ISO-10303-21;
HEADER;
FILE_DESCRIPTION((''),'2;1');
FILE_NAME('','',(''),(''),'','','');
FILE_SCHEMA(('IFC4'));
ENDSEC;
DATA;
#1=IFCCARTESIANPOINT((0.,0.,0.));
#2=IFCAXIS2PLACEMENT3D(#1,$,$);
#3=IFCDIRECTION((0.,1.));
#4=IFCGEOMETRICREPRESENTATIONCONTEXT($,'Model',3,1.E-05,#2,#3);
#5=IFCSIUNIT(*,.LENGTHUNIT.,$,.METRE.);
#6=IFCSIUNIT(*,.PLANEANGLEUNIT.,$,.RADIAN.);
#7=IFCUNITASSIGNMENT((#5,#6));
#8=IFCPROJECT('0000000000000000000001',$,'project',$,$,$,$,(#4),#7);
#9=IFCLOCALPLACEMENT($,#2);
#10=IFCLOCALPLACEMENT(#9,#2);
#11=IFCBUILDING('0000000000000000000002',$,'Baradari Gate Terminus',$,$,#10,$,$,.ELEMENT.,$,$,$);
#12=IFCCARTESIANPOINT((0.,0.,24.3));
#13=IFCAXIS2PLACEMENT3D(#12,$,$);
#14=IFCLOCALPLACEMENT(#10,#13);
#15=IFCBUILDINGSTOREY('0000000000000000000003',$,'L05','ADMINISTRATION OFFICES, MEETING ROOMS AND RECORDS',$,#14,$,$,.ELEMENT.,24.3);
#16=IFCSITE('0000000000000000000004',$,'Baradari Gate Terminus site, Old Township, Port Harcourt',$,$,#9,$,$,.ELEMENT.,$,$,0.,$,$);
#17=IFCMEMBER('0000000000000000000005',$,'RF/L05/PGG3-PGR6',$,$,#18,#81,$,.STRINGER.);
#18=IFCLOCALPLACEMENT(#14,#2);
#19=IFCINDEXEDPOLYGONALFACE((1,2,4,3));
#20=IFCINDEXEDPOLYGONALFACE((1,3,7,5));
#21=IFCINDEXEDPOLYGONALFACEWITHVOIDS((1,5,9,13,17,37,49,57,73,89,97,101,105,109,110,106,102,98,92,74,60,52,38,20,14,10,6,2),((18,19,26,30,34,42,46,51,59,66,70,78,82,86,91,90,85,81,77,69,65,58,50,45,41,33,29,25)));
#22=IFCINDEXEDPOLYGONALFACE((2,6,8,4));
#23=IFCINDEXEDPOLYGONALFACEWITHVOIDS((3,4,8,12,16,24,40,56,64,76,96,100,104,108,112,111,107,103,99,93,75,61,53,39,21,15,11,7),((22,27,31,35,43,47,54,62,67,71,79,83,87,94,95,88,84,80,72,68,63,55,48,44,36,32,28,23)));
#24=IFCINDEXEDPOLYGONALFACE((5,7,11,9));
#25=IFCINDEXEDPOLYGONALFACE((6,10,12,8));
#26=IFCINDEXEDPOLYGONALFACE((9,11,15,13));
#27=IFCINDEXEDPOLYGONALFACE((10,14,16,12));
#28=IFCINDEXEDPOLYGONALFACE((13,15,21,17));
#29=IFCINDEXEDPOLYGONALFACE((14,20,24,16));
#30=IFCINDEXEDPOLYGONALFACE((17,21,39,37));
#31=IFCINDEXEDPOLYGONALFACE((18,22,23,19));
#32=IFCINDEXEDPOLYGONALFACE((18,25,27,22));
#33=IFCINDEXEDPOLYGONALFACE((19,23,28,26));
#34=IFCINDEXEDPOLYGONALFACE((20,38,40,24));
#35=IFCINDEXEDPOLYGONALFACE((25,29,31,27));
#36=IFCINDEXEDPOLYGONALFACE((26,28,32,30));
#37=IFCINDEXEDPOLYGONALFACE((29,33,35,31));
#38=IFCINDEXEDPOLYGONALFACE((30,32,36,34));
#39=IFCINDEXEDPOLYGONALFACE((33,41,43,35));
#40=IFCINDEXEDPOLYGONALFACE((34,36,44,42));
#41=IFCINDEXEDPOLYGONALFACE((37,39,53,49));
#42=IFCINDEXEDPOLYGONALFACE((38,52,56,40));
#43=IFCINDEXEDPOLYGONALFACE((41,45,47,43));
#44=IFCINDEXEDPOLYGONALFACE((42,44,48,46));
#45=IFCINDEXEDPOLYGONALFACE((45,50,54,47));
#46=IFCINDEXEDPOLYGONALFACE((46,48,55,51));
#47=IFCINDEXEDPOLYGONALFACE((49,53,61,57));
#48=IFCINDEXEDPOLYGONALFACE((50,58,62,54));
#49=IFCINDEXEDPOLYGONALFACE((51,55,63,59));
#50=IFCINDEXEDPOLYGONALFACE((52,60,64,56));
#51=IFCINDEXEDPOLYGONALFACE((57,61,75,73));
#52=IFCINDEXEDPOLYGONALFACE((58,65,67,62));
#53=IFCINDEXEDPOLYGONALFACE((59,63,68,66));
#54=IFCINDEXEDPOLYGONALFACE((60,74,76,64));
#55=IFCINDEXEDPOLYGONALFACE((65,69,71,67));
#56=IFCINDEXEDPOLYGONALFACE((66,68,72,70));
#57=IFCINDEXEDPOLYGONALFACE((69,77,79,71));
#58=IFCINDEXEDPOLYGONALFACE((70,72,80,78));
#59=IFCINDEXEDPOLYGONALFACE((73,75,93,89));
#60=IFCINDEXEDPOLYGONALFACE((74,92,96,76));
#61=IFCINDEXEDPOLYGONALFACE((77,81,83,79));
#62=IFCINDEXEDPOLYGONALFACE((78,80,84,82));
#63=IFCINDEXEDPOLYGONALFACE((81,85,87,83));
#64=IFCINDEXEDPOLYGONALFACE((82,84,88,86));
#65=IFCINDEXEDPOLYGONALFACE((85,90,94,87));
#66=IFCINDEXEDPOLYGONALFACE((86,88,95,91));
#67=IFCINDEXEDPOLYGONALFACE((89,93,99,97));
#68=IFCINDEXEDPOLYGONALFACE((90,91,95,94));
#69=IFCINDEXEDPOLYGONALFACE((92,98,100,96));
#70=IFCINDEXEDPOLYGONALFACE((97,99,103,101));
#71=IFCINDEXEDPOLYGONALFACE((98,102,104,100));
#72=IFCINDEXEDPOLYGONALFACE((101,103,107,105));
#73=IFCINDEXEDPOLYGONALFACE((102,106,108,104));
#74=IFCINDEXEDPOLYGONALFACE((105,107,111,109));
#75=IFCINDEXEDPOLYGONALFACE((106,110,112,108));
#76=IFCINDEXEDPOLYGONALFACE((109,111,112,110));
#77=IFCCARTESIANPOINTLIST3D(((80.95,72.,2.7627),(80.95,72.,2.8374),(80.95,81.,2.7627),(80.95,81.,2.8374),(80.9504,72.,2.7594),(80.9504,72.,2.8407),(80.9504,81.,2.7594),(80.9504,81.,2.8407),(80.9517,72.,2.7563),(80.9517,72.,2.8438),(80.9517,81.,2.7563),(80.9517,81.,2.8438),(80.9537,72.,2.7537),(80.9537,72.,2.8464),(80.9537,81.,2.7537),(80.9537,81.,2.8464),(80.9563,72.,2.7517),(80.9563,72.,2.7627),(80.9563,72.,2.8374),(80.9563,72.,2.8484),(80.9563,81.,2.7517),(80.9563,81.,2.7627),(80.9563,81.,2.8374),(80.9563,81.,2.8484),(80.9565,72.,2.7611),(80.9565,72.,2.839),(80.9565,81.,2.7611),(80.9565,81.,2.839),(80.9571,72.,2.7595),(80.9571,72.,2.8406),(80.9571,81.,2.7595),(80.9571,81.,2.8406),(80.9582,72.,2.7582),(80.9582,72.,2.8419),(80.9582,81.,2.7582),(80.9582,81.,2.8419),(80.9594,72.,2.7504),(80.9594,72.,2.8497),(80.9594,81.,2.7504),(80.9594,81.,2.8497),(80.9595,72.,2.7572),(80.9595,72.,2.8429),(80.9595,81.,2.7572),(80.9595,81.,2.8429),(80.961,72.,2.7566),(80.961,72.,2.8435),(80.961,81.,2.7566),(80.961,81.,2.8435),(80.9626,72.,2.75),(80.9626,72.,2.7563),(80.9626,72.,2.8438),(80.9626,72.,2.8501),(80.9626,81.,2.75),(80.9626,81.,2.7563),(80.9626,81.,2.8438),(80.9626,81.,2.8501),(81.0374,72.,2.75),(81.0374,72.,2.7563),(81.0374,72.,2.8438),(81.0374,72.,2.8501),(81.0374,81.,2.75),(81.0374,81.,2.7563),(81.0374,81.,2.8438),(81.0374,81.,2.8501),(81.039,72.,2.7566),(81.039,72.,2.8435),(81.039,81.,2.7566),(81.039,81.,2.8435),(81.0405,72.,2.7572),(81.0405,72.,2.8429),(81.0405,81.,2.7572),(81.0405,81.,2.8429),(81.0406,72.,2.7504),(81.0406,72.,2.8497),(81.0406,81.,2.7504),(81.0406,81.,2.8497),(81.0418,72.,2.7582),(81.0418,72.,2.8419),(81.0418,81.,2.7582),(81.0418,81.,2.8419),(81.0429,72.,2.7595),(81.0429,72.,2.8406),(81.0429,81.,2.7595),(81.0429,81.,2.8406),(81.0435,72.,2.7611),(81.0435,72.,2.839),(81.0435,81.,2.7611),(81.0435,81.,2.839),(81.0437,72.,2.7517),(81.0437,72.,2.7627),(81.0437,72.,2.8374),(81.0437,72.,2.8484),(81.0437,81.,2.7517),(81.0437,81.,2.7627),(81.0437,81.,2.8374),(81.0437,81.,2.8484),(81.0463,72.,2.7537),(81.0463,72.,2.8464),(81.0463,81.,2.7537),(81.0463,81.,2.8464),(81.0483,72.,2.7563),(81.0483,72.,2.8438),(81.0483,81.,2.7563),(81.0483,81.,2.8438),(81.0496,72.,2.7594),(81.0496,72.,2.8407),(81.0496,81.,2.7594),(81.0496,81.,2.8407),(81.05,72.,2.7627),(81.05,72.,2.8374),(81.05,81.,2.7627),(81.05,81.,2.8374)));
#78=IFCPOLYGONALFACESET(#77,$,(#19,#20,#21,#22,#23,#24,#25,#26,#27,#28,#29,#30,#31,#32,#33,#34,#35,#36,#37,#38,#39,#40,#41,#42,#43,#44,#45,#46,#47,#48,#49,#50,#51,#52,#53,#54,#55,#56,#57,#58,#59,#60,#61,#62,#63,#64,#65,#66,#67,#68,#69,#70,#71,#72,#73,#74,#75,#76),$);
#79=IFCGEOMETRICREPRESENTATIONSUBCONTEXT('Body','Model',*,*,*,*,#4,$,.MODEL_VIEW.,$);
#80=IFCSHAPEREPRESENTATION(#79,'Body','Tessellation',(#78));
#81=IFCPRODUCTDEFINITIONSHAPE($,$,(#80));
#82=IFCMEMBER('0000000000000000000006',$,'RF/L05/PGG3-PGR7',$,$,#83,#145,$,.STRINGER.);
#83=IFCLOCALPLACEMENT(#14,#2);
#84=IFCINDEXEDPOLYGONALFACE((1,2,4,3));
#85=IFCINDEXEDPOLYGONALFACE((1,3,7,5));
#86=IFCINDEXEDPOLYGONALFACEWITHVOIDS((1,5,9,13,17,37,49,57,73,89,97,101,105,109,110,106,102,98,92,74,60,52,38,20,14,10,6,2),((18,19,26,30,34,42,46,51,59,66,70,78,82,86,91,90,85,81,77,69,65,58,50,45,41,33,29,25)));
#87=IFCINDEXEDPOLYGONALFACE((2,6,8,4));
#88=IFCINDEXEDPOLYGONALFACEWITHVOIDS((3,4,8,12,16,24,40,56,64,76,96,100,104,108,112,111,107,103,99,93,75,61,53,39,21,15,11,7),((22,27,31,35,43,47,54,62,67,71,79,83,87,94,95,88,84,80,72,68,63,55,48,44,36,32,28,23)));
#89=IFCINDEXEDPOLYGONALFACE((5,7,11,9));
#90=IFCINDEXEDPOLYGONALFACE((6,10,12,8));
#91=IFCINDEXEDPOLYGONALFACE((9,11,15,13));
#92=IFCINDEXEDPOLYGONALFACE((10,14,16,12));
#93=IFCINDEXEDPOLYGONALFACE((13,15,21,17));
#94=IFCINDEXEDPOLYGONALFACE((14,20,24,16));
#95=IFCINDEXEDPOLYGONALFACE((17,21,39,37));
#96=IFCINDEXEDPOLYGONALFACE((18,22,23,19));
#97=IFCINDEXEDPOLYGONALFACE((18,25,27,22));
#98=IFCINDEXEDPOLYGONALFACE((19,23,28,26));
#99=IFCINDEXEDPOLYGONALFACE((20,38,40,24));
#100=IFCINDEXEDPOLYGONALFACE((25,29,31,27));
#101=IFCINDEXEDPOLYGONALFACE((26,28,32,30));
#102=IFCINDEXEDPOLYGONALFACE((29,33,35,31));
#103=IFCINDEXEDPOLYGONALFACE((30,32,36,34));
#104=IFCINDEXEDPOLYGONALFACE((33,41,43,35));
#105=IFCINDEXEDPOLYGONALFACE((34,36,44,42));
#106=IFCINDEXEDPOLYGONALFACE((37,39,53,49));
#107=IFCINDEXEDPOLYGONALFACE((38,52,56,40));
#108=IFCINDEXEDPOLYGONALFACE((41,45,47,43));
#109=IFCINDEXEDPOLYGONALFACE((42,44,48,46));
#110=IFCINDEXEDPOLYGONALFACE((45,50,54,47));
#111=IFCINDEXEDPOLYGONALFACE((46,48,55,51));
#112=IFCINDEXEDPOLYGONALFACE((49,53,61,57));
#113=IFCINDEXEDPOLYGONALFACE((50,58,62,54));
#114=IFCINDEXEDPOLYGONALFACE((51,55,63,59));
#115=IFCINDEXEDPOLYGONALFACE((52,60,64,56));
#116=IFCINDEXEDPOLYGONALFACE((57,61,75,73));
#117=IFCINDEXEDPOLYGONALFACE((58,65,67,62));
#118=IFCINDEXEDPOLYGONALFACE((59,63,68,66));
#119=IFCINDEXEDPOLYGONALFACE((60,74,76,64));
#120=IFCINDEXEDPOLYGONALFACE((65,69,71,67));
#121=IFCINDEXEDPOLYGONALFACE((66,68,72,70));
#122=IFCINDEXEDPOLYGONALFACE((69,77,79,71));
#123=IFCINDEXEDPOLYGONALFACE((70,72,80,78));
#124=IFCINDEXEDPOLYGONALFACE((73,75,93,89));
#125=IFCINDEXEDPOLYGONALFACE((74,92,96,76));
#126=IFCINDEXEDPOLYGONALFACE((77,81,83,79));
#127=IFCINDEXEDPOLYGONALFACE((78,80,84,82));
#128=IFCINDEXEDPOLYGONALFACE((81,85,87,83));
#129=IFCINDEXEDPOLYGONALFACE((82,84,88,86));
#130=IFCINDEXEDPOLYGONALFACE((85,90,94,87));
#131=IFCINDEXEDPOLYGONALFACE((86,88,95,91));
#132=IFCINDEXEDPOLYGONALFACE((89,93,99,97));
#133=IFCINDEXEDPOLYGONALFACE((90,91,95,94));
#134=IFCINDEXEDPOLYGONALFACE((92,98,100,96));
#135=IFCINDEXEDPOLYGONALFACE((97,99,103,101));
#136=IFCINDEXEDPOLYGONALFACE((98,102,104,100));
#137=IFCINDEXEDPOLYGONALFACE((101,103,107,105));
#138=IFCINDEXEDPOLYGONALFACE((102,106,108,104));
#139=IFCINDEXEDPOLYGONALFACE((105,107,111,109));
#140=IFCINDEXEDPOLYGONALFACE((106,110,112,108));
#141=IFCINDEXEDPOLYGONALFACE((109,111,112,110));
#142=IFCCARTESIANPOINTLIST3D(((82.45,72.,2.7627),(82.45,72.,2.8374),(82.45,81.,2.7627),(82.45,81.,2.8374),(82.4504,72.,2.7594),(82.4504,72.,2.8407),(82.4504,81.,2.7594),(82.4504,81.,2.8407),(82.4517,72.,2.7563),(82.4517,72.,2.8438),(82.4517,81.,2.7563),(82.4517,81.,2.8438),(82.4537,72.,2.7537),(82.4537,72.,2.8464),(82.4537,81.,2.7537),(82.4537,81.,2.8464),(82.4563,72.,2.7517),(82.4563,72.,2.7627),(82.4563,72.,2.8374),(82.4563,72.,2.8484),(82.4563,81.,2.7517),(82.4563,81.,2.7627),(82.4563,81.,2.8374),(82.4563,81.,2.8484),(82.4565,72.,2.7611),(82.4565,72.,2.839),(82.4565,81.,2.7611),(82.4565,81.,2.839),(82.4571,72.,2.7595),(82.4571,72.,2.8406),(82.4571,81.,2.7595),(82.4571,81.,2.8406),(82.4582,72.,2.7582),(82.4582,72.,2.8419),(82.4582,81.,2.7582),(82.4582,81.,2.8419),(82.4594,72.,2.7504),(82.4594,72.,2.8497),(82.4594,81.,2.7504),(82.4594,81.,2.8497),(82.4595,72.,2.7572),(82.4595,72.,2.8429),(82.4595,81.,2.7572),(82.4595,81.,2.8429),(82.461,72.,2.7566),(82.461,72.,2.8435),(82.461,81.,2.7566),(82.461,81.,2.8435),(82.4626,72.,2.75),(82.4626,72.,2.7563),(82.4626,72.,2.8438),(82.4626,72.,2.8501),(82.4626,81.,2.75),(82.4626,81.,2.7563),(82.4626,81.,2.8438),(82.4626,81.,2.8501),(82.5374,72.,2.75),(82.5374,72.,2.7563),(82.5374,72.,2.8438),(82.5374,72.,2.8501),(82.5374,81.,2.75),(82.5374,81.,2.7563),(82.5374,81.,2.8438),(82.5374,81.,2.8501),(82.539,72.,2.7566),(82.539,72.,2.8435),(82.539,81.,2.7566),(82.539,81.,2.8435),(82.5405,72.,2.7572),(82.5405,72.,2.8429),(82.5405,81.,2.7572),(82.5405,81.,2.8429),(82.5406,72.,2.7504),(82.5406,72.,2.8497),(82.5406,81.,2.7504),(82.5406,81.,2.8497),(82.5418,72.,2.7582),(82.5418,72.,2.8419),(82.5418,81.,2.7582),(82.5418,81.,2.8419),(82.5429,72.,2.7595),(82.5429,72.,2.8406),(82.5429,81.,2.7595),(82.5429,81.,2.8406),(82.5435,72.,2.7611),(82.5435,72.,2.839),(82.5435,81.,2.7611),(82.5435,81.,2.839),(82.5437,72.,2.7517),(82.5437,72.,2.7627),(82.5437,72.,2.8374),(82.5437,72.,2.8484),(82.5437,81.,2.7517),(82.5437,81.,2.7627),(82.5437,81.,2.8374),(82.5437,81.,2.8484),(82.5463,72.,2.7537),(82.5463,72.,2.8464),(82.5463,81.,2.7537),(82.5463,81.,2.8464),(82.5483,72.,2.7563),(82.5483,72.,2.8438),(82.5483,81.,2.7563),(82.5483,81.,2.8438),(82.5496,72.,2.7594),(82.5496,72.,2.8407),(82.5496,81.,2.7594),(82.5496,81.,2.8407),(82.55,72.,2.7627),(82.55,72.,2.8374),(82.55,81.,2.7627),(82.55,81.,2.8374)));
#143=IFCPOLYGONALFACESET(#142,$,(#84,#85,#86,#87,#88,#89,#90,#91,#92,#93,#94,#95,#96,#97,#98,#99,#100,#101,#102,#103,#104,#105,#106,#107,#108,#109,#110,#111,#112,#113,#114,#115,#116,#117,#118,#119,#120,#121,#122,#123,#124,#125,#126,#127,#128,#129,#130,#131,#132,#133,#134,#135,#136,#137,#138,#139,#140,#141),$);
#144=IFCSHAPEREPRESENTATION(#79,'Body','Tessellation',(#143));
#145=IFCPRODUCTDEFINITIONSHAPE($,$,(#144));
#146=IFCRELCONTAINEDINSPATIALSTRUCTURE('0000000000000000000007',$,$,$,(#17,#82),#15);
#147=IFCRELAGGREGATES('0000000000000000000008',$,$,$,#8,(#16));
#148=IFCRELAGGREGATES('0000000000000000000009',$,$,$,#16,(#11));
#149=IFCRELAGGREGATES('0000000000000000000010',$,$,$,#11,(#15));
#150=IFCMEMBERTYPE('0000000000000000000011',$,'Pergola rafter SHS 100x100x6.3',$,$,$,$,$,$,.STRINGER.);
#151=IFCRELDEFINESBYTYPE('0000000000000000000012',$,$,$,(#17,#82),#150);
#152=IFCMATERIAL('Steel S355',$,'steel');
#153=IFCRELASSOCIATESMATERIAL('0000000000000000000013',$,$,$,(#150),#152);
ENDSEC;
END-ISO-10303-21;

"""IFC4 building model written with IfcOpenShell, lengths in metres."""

from ifc_helpers import new_model, si_unit, direction, frame, origin, origin_2d, place, context, subcontext, project, spatial, hollow_rectangle, extrude, material, material_profile, profile_set, type_object, element, save


model = new_model("IFC4")

# Units and contexts
model_context = context("Model", 3, precision=1e-05, world=origin(), true_north=direction((0.0, 1.0)))
body_context = subcontext(model_context, "Body", "Model", "MODEL_VIEW")
ifc_project = project(units=[si_unit("LENGTHUNIT", "METRE"), si_unit("PLANEANGLEUNIT", "RADIAN")], contexts=[model_context])

# Site, building, storey
site_placement = place(None, origin())
site = spatial("IfcSite", under=ifc_project, at=site_placement, Name="Baradari Gate Terminus site, Old Township, Port Harcourt", CompositionType="ELEMENT", RefElevation=0.0)
building_placement = place(site_placement, origin())
building = spatial("IfcBuilding", under=site, at=building_placement, Name="Baradari Gate Terminus", CompositionType="ELEMENT")
storey_placement = place(building_placement, frame((0.0, 0.0, 24.3)))
storey = spatial("IfcBuildingStorey", under=building, at=storey_placement, Name="L05", Description="ADMINISTRATION OFFICES, MEETING ROOMS AND RECORDS", CompositionType="ELEMENT", Elevation=24.3)

# Members
ifc_material_1 = material(Name="Steel S355", Category="steel")
ifc_material_profile = material_profile(ifc_material_1, hollow_rectangle(XDim=0.1001, YDim=0.1001, WallThickness=0.0063, InnerFilletRadius=0.0063, OuterFilletRadius=0.0127, at=origin_2d()), Name="SHS 100x100x6.3")
ifc_profile_set = profile_set([ifc_material_profile], Name="Steel S355")
member_type = type_object("IfcMemberType", Name="Pergola rafter SHS 100x100x6.3", PredefinedType="STRINGER", material=ifc_profile_set)
for number, where, z_axis, x_axis, name in (
    (1, (81.0, 72.0, 2.8), (0.0, 1.0, 0.0), (-1.0, 0.0, 0.0), "RF/L05/PGG3-PGR6"),
    (2, (82.5, 72.0, 2.8), (0.0, 1.0, 0.0), (-1.0, 0.0, 0.0), "RF/L05/PGG3-PGR7"),
):
    element("IfcMember", number, at=place(storey_placement, frame(where, z_axis=z_axis, x_axis=x_axis)), inside=storey, type_object=member_type, Name=name, PredefinedType="STRINGER", context=body_context, shape_type="SweptSolid", body=[
        extrude(hollow_rectangle(XDim=0.1001, YDim=0.1001, WallThickness=0.0063, InnerFilletRadius=0.0063, OuterFilletRadius=0.0127, at=origin_2d()), origin(), (0.0, 0.0, 1.0), 9.0),
    ])

save(model, "model.ifc")
